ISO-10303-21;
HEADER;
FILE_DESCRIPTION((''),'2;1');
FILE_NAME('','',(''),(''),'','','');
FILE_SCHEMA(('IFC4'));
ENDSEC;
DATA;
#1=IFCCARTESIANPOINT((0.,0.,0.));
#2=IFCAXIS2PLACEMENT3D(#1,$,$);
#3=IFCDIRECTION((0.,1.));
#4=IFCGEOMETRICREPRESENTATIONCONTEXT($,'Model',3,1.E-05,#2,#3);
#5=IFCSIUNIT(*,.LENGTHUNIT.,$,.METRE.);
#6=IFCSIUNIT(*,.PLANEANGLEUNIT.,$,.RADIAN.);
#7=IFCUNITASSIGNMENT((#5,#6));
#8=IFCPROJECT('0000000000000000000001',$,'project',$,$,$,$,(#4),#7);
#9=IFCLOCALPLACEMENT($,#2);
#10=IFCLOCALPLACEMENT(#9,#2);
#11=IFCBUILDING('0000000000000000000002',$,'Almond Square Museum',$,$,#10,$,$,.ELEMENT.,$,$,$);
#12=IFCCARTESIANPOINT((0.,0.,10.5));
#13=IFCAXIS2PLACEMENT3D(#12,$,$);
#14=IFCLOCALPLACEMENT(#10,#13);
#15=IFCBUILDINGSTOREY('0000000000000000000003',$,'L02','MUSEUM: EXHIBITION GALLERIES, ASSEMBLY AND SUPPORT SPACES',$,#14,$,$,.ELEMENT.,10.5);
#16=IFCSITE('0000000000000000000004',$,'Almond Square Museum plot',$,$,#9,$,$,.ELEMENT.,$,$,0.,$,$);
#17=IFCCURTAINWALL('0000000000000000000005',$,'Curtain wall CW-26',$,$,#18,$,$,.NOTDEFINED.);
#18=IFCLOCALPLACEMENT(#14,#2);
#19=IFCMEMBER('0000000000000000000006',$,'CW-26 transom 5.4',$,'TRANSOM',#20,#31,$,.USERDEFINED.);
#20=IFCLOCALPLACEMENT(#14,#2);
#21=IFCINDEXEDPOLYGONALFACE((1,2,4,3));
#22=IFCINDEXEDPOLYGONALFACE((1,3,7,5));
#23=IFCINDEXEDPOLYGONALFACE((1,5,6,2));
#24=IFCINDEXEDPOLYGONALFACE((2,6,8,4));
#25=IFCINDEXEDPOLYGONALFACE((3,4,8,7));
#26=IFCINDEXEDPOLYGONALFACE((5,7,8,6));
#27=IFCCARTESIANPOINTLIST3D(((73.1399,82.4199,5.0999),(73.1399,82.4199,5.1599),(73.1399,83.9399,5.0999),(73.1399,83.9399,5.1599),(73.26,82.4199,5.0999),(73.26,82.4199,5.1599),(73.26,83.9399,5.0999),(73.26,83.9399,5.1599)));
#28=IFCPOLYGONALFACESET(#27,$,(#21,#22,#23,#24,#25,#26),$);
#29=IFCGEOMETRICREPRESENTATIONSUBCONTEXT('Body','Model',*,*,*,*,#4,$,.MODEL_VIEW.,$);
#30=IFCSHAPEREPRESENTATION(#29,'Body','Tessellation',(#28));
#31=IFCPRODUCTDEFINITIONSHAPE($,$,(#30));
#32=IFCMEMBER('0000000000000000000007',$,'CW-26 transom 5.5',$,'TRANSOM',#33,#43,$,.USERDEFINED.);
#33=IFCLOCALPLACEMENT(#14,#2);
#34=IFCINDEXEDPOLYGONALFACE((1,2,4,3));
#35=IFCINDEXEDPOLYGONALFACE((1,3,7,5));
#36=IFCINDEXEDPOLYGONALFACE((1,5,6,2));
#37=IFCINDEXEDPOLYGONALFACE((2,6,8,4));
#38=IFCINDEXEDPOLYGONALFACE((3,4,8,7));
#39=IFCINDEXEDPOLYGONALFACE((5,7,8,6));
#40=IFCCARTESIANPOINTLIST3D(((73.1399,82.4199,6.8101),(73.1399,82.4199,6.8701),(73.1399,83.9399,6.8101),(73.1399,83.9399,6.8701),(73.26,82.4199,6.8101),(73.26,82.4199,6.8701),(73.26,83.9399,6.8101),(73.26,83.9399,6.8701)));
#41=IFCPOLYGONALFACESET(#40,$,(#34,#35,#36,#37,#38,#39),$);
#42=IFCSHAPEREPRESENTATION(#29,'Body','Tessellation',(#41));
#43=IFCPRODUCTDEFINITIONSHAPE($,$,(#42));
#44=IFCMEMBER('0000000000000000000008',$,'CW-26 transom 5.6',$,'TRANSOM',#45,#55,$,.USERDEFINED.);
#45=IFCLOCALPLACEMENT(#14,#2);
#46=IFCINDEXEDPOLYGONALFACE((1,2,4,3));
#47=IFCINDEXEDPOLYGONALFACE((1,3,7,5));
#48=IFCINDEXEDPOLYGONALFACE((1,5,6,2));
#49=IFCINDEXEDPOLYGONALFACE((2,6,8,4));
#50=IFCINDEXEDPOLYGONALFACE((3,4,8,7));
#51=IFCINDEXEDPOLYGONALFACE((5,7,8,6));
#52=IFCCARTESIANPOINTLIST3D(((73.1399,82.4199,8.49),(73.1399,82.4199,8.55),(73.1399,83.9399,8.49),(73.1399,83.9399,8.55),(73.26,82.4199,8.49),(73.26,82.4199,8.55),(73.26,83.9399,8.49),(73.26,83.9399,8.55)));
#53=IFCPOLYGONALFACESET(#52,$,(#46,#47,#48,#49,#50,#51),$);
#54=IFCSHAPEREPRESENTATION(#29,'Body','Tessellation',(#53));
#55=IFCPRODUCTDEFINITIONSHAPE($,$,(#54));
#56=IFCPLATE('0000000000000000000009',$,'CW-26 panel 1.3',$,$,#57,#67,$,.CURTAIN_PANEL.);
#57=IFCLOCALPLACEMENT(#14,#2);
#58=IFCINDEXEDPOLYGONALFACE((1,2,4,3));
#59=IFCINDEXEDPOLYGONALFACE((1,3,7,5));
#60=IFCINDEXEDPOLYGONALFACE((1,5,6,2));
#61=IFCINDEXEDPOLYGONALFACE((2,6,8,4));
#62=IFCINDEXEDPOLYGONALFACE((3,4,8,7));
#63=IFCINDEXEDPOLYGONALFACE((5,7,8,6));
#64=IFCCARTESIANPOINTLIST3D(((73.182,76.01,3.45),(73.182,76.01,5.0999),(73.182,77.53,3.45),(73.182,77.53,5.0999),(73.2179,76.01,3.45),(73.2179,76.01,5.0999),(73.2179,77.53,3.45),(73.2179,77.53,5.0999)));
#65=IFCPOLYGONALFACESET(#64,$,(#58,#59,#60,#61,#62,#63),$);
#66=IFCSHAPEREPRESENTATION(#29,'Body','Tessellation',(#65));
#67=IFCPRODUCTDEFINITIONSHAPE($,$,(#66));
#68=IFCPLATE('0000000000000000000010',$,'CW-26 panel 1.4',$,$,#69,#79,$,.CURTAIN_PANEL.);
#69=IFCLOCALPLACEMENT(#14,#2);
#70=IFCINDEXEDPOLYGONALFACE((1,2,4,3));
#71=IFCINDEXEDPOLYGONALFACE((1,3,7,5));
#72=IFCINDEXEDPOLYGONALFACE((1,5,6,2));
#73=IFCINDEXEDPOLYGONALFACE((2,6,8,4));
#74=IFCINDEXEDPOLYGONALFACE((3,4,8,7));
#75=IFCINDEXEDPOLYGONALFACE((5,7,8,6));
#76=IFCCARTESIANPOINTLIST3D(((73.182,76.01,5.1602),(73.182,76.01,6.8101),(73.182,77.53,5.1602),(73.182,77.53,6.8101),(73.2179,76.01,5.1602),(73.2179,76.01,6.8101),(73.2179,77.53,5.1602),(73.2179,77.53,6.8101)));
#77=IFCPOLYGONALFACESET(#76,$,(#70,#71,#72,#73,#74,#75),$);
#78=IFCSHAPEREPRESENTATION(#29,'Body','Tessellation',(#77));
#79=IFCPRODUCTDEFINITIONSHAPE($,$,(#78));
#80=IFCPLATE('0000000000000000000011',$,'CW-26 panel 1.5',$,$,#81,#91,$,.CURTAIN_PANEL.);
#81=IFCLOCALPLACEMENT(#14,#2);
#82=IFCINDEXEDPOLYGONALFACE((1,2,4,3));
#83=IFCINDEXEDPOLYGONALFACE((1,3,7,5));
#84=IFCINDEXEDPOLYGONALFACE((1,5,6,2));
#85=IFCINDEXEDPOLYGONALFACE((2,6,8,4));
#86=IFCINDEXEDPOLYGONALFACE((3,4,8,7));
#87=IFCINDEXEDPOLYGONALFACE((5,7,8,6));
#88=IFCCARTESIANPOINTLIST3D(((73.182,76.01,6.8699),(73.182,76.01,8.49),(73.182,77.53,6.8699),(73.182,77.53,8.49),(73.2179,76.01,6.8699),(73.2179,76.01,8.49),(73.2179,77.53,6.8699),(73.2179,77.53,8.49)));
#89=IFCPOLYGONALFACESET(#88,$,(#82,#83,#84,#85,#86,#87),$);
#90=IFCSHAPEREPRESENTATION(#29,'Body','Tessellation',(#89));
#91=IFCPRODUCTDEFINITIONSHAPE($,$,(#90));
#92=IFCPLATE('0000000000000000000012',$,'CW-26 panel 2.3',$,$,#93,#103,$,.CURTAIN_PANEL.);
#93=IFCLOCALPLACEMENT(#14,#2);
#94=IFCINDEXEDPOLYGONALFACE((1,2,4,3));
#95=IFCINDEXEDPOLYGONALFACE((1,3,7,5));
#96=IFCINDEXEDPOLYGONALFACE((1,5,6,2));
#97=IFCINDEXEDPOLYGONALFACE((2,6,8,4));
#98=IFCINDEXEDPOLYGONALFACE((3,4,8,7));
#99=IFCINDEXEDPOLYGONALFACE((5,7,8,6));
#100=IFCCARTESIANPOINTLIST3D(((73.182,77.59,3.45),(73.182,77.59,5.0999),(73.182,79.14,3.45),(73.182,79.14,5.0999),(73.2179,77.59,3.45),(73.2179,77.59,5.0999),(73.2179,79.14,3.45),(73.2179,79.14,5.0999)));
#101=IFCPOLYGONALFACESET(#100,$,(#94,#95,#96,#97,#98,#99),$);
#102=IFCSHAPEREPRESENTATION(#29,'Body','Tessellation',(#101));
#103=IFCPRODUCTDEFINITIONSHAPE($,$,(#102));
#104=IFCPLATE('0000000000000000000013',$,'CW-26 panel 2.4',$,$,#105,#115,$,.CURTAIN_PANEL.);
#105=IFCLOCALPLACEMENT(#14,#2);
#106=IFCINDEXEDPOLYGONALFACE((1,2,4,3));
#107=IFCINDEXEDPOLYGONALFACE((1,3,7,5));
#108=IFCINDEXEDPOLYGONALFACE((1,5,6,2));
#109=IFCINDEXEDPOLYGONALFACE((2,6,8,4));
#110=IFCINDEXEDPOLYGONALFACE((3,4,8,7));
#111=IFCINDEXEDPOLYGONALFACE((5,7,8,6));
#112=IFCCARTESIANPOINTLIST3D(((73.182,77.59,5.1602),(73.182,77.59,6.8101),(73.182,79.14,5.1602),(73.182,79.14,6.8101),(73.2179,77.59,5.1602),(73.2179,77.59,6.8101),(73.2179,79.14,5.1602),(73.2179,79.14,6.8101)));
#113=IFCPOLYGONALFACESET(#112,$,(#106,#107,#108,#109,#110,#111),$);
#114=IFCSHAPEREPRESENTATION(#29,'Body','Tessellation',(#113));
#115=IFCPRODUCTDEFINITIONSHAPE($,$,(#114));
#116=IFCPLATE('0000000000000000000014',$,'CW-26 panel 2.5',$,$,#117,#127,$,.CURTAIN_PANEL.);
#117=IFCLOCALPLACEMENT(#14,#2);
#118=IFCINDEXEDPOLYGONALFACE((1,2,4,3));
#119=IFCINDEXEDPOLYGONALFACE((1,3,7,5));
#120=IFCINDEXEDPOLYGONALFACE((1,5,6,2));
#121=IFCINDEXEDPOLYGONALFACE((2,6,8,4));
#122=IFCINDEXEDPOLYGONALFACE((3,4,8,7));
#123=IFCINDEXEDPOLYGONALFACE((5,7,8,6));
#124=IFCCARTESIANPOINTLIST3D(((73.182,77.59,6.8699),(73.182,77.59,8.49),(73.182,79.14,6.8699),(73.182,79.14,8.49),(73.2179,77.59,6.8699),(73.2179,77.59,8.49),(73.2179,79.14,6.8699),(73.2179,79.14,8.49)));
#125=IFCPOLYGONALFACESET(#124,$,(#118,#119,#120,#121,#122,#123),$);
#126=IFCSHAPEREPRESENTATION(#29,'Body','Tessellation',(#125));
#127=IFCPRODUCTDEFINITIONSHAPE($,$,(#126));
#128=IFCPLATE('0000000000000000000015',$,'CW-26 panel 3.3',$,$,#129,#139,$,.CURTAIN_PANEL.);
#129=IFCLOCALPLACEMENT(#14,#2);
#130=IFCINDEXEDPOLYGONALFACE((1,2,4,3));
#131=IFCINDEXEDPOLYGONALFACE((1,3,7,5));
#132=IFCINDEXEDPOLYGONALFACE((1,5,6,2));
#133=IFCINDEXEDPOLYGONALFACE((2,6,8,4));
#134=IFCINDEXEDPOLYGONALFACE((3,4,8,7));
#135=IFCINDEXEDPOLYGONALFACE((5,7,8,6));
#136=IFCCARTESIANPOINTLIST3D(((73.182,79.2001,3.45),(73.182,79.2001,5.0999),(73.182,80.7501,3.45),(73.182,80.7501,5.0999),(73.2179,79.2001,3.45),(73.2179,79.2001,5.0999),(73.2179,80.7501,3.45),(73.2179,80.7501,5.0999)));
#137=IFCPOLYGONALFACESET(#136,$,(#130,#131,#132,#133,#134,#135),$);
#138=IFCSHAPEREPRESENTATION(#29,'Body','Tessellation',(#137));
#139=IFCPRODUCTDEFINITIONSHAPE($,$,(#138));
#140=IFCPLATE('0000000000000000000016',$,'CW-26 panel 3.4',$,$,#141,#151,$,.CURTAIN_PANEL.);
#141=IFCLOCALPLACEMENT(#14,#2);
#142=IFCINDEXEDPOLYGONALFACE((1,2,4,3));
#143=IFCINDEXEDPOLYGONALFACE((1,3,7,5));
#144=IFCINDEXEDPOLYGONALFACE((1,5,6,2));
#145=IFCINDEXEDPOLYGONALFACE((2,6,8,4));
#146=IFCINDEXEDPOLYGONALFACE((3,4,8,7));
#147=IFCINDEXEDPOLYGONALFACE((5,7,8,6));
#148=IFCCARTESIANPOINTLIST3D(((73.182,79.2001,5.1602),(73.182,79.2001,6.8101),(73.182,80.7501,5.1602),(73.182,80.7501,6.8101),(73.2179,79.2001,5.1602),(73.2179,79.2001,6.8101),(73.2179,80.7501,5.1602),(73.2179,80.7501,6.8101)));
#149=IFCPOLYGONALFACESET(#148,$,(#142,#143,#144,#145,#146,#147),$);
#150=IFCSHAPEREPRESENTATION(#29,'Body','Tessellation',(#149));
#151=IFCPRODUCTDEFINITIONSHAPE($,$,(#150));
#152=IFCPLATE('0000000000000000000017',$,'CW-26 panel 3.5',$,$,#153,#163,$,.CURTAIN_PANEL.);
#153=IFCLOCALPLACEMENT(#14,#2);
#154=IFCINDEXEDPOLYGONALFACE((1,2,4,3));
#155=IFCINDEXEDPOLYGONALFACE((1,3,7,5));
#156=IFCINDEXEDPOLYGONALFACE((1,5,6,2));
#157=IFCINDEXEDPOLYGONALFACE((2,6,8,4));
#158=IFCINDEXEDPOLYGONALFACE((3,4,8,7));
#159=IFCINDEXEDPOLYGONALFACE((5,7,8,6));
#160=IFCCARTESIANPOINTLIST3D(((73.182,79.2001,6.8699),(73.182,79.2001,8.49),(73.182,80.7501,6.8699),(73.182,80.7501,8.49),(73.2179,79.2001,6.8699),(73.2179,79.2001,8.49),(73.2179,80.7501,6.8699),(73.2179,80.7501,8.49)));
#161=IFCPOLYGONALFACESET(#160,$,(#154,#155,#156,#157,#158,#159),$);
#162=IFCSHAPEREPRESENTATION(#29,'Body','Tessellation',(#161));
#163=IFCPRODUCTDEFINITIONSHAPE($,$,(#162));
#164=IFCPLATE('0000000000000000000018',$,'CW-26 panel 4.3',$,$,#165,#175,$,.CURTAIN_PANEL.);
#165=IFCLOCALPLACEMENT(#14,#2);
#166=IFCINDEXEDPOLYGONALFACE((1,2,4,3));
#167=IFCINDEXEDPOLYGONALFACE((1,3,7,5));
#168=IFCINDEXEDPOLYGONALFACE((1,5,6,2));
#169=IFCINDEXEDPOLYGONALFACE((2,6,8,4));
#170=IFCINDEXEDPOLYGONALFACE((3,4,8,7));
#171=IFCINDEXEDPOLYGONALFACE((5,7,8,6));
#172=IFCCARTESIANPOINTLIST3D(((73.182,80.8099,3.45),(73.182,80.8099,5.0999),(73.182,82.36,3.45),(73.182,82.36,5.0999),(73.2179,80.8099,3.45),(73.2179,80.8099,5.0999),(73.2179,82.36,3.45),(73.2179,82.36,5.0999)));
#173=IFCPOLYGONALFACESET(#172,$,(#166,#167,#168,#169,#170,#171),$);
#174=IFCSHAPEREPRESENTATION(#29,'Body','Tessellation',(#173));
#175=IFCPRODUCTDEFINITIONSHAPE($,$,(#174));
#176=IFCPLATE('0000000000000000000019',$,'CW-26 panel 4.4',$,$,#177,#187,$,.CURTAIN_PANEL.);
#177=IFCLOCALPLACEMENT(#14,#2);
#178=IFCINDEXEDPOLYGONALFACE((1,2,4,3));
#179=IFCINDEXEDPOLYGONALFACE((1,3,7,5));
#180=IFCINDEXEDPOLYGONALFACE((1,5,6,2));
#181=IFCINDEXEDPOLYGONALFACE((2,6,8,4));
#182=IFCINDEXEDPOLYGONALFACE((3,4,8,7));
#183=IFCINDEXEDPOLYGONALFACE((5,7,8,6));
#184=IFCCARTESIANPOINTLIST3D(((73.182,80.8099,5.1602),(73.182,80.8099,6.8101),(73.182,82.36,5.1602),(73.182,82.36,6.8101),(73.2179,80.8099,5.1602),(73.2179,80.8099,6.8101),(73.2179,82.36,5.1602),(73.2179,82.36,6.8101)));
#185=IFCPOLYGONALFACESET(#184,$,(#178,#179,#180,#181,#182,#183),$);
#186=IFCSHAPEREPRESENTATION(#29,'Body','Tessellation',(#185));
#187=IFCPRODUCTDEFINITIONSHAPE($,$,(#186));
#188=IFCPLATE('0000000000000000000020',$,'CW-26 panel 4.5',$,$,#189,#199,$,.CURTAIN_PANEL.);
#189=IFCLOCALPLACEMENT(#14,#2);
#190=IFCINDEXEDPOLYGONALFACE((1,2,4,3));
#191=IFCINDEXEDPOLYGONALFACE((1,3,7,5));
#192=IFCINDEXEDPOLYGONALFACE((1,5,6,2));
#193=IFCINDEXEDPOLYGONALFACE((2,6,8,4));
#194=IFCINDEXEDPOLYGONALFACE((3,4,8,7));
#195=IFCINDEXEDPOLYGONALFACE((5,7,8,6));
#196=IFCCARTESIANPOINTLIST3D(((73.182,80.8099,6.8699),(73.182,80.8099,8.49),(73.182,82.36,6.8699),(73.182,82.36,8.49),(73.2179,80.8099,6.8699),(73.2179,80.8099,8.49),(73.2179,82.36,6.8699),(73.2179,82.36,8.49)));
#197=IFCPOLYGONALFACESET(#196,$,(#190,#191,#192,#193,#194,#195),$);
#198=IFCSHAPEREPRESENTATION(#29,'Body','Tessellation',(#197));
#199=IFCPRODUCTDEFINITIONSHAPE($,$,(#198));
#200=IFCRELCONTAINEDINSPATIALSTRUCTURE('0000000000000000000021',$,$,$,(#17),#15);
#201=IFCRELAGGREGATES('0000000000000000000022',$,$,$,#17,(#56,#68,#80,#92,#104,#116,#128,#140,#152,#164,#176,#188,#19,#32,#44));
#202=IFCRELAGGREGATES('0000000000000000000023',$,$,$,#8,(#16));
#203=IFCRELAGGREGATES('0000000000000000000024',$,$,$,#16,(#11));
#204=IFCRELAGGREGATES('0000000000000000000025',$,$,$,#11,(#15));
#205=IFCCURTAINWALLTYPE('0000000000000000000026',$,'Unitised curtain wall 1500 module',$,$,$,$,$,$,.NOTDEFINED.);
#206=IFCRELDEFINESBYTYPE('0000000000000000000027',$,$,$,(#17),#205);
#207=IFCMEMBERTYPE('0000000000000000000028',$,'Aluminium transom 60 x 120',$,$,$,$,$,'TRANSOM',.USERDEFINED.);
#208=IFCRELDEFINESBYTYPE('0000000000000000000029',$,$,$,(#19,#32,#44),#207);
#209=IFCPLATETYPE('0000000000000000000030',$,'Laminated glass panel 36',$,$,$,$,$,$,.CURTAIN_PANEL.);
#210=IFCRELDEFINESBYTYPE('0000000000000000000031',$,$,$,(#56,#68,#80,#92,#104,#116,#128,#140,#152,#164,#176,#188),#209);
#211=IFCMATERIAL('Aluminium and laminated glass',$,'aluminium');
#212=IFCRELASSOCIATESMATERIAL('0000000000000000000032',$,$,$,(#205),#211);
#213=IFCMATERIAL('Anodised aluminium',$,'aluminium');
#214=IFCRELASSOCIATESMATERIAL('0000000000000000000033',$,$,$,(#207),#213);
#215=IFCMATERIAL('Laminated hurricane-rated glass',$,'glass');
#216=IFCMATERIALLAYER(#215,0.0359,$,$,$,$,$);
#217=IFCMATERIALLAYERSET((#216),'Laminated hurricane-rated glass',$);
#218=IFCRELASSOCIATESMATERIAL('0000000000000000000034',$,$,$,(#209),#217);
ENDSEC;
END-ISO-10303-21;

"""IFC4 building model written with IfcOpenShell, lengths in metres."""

from ifc_helpers import new_model, si_unit, direction, frame, origin, origin_2d, place, context, subcontext, project, spatial, rectangle, extrude, material, layer, layer_set, material_profile, profile_set, type_object, element, aggregate, save


model = new_model("IFC4")

# Units and contexts
model_context = context("Model", 3, precision=1e-05, world=origin(), true_north=direction((0.0, 1.0)))
body_context = subcontext(model_context, "Body", "Model", "MODEL_VIEW")
ifc_project = project(units=[si_unit("LENGTHUNIT", "METRE"), si_unit("PLANEANGLEUNIT", "RADIAN")], contexts=[model_context])

# Site, building, storey
site_placement = place(None, origin())
site = spatial("IfcSite", under=ifc_project, at=site_placement, Name="Almond Square Museum plot", CompositionType="ELEMENT", RefElevation=0.0)
building_placement = place(site_placement, origin())
building = spatial("IfcBuilding", under=site, at=building_placement, Name="Almond Square Museum", CompositionType="ELEMENT")
storey_placement = place(building_placement, frame((0.0, 0.0, 10.5)))
storey = spatial("IfcBuildingStorey", under=building, at=storey_placement, Name="L02", Description="MUSEUM: EXHIBITION GALLERIES, ASSEMBLY AND SUPPORT SPACES", CompositionType="ELEMENT", Elevation=10.5)

# Curtain wall, members, plates
ifc_material_1 = material(Name="Aluminium and laminated glass", Category="aluminium")
curtain_wall_type = type_object("IfcCurtainWallType", Name="Unitised curtain wall 1500 module", PredefinedType="NOTDEFINED", material=ifc_material_1)
curtain_wall_placement = place(storey_placement, origin())
curtain_wall = element("IfcCurtainWall", 1, at=curtain_wall_placement, inside=storey, type_object=curtain_wall_type, Name="Curtain wall CW-26", PredefinedType="NOTDEFINED")
ifc_material_2 = material(Name="Anodised aluminium", Category="aluminium")
ifc_material_profile = material_profile(ifc_material_2, rectangle(XDim=0.1201, YDim=0.0601, at=origin_2d()))
ifc_profile_set = profile_set([ifc_material_profile], Name="Anodised aluminium")
member_type = type_object("IfcMemberType", Name="Aluminium transom 60 x 120", ElementType="TRANSOM", PredefinedType="USERDEFINED", material=ifc_profile_set)
member_1_placement = place(storey_placement, frame((73.2, 82.4199, 5.1299), z_axis=(0.0, 1.0, 0.0), x_axis=(-1.0, 0.0, 0.0)))
member_1 = element("IfcMember", 2, at=member_1_placement, type_object=member_type, Name="CW-26 transom 5.4", ObjectType="TRANSOM", PredefinedType="USERDEFINED", context=body_context, shape_type="SweptSolid", body=[
    extrude(rectangle(XDim=0.1201, YDim=0.0601, at=origin_2d()), origin(), (0.0, 0.0, 1.0), 1.52),
])
member_2_placement = place(storey_placement, frame((73.2, 82.4199, 6.8401), z_axis=(0.0, 1.0, 0.0), x_axis=(-1.0, 0.0, 0.0)))
member_2 = element("IfcMember", 3, at=member_2_placement, type_object=member_type, Name="CW-26 transom 5.5", ObjectType="TRANSOM", PredefinedType="USERDEFINED", context=body_context, shape_type="SweptSolid", body=[
    extrude(rectangle(XDim=0.1201, YDim=0.0601, at=origin_2d()), origin(), (0.0, 0.0, 1.0), 1.52),
])
member_3_placement = place(storey_placement, frame((73.2, 82.4199, 8.52), z_axis=(0.0, 1.0, 0.0), x_axis=(-1.0, 0.0, 0.0)))
member_3 = element("IfcMember", 4, at=member_3_placement, type_object=member_type, Name="CW-26 transom 5.6", ObjectType="TRANSOM", PredefinedType="USERDEFINED", context=body_context, shape_type="SweptSolid", body=[
    extrude(rectangle(XDim=0.1201, YDim=0.0601, at=origin_2d()), origin(), (0.0, 0.0, 1.0), 1.52),
])
ifc_material_3 = material(Name="Laminated hurricane-rated glass", Category="glass")
ifc_layer = layer(ifc_material_3, 0.0359)
ifc_layer_set = layer_set([ifc_layer], Name="Laminated hurricane-rated glass")
plate_type = type_object("IfcPlateType", Name="Laminated glass panel 36", PredefinedType="CURTAIN_PANEL", material=ifc_layer_set)
plate_1_placement = place(storey_placement, frame((73.2, 76.77, 3.45), z_axis=(0.0, 0.0, 1.0), x_axis=(0.0, 1.0, 0.0)))
plate_1 = element("IfcPlate", 5, at=plate_1_placement, type_object=plate_type, Name="CW-26 panel 1.3", PredefinedType="CURTAIN_PANEL", context=body_context, shape_type="SweptSolid", body=[
    extrude(rectangle(XDim=1.52, YDim=0.0359, at=origin_2d()), origin(), (0.0, 0.0, 1.0), 1.6499),
])
plate_2_placement = place(storey_placement, frame((73.2, 76.77, 5.1602), z_axis=(0.0, 0.0, 1.0), x_axis=(0.0, 1.0, 0.0)))
plate_2 = element("IfcPlate", 6, at=plate_2_placement, type_object=plate_type, Name="CW-26 panel 1.4", PredefinedType="CURTAIN_PANEL", context=body_context, shape_type="SweptSolid", body=[
    extrude(rectangle(XDim=1.52, YDim=0.0359, at=origin_2d()), origin(), (0.0, 0.0, 1.0), 1.6499),
])
plate_3_placement = place(storey_placement, frame((73.2, 76.77, 6.8699), z_axis=(0.0, 0.0, 1.0), x_axis=(0.0, 1.0, 0.0)))
plate_3 = element("IfcPlate", 7, at=plate_3_placement, type_object=plate_type, Name="CW-26 panel 1.5", PredefinedType="CURTAIN_PANEL", context=body_context, shape_type="SweptSolid", body=[
    extrude(rectangle(XDim=1.52, YDim=0.0359, at=origin_2d()), origin(), (0.0, 0.0, 1.0), 1.6201),
])
plate_4_placement = place(storey_placement, frame((73.2, 78.365, 3.45), z_axis=(0.0, 0.0, 1.0), x_axis=(0.0, 1.0, 0.0)))
plate_4 = element("IfcPlate", 8, at=plate_4_placement, type_object=plate_type, Name="CW-26 panel 2.3", PredefinedType="CURTAIN_PANEL", context=body_context, shape_type="SweptSolid", body=[
    extrude(rectangle(XDim=1.55, YDim=0.0359, at=origin_2d()), origin(), (0.0, 0.0, 1.0), 1.6499),
])
plate_5_placement = place(storey_placement, frame((73.2, 78.365, 5.1602), z_axis=(0.0, 0.0, 1.0), x_axis=(0.0, 1.0, 0.0)))
plate_5 = element("IfcPlate", 9, at=plate_5_placement, type_object=plate_type, Name="CW-26 panel 2.4", PredefinedType="CURTAIN_PANEL", context=body_context, shape_type="SweptSolid", body=[
    extrude(rectangle(XDim=1.55, YDim=0.0359, at=origin_2d()), origin(), (0.0, 0.0, 1.0), 1.6499),
])
plate_6_placement = place(storey_placement, frame((73.2, 78.365, 6.8699), z_axis=(0.0, 0.0, 1.0), x_axis=(0.0, 1.0, 0.0)))
plate_6 = element("IfcPlate", 10, at=plate_6_placement, type_object=plate_type, Name="CW-26 panel 2.5", PredefinedType="CURTAIN_PANEL", context=body_context, shape_type="SweptSolid", body=[
    extrude(rectangle(XDim=1.55, YDim=0.0359, at=origin_2d()), origin(), (0.0, 0.0, 1.0), 1.6201),
])
plate_7_placement = place(storey_placement, frame((73.2, 79.9751, 3.45), z_axis=(0.0, 0.0, 1.0), x_axis=(0.0, 1.0, 0.0)))
plate_7 = element("IfcPlate", 11, at=plate_7_placement, type_object=plate_type, Name="CW-26 panel 3.3", PredefinedType="CURTAIN_PANEL", context=body_context, shape_type="SweptSolid", body=[
    extrude(rectangle(XDim=1.55, YDim=0.0359, at=origin_2d()), origin(), (0.0, 0.0, 1.0), 1.6499),
])
plate_8_placement = place(storey_placement, frame((73.2, 79.9751, 5.1602), z_axis=(0.0, 0.0, 1.0), x_axis=(0.0, 1.0, 0.0)))
plate_8 = element("IfcPlate", 12, at=plate_8_placement, type_object=plate_type, Name="CW-26 panel 3.4", PredefinedType="CURTAIN_PANEL", context=body_context, shape_type="SweptSolid", body=[
    extrude(rectangle(XDim=1.55, YDim=0.0359, at=origin_2d()), origin(), (0.0, 0.0, 1.0), 1.6499),
])
plate_9_placement = place(storey_placement, frame((73.2, 79.9751, 6.8699), z_axis=(0.0, 0.0, 1.0), x_axis=(0.0, 1.0, 0.0)))
plate_9 = element("IfcPlate", 13, at=plate_9_placement, type_object=plate_type, Name="CW-26 panel 3.5", PredefinedType="CURTAIN_PANEL", context=body_context, shape_type="SweptSolid", body=[
    extrude(rectangle(XDim=1.55, YDim=0.0359, at=origin_2d()), origin(), (0.0, 0.0, 1.0), 1.6201),
])
plate_10_placement = place(storey_placement, frame((73.2, 81.585, 3.45), z_axis=(0.0, 0.0, 1.0), x_axis=(0.0, 1.0, 0.0)))
plate_10 = element("IfcPlate", 14, at=plate_10_placement, type_object=plate_type, Name="CW-26 panel 4.3", PredefinedType="CURTAIN_PANEL", context=body_context, shape_type="SweptSolid", body=[
    extrude(rectangle(XDim=1.55, YDim=0.0359, at=origin_2d()), origin(), (0.0, 0.0, 1.0), 1.6499),
])
plate_11_placement = place(storey_placement, frame((73.2, 81.585, 5.1602), z_axis=(0.0, 0.0, 1.0), x_axis=(0.0, 1.0, 0.0)))
plate_11 = element("IfcPlate", 15, at=plate_11_placement, type_object=plate_type, Name="CW-26 panel 4.4", PredefinedType="CURTAIN_PANEL", context=body_context, shape_type="SweptSolid", body=[
    extrude(rectangle(XDim=1.55, YDim=0.0359, at=origin_2d()), origin(), (0.0, 0.0, 1.0), 1.6499),
])
plate_12_placement = place(storey_placement, frame((73.2, 81.585, 6.8699), z_axis=(0.0, 0.0, 1.0), x_axis=(0.0, 1.0, 0.0)))
plate_12 = element("IfcPlate", 16, at=plate_12_placement, type_object=plate_type, Name="CW-26 panel 4.5", PredefinedType="CURTAIN_PANEL", context=body_context, shape_type="SweptSolid", body=[
    extrude(rectangle(XDim=1.55, YDim=0.0359, at=origin_2d()), origin(), (0.0, 0.0, 1.0), 1.6201),
])
aggregate(curtain_wall, [plate_1, plate_2, plate_3, plate_4, plate_5, plate_6, plate_7, plate_8, plate_9, plate_10, plate_11, plate_12, member_1, member_2, member_3])

save(model, "model.ifc")
